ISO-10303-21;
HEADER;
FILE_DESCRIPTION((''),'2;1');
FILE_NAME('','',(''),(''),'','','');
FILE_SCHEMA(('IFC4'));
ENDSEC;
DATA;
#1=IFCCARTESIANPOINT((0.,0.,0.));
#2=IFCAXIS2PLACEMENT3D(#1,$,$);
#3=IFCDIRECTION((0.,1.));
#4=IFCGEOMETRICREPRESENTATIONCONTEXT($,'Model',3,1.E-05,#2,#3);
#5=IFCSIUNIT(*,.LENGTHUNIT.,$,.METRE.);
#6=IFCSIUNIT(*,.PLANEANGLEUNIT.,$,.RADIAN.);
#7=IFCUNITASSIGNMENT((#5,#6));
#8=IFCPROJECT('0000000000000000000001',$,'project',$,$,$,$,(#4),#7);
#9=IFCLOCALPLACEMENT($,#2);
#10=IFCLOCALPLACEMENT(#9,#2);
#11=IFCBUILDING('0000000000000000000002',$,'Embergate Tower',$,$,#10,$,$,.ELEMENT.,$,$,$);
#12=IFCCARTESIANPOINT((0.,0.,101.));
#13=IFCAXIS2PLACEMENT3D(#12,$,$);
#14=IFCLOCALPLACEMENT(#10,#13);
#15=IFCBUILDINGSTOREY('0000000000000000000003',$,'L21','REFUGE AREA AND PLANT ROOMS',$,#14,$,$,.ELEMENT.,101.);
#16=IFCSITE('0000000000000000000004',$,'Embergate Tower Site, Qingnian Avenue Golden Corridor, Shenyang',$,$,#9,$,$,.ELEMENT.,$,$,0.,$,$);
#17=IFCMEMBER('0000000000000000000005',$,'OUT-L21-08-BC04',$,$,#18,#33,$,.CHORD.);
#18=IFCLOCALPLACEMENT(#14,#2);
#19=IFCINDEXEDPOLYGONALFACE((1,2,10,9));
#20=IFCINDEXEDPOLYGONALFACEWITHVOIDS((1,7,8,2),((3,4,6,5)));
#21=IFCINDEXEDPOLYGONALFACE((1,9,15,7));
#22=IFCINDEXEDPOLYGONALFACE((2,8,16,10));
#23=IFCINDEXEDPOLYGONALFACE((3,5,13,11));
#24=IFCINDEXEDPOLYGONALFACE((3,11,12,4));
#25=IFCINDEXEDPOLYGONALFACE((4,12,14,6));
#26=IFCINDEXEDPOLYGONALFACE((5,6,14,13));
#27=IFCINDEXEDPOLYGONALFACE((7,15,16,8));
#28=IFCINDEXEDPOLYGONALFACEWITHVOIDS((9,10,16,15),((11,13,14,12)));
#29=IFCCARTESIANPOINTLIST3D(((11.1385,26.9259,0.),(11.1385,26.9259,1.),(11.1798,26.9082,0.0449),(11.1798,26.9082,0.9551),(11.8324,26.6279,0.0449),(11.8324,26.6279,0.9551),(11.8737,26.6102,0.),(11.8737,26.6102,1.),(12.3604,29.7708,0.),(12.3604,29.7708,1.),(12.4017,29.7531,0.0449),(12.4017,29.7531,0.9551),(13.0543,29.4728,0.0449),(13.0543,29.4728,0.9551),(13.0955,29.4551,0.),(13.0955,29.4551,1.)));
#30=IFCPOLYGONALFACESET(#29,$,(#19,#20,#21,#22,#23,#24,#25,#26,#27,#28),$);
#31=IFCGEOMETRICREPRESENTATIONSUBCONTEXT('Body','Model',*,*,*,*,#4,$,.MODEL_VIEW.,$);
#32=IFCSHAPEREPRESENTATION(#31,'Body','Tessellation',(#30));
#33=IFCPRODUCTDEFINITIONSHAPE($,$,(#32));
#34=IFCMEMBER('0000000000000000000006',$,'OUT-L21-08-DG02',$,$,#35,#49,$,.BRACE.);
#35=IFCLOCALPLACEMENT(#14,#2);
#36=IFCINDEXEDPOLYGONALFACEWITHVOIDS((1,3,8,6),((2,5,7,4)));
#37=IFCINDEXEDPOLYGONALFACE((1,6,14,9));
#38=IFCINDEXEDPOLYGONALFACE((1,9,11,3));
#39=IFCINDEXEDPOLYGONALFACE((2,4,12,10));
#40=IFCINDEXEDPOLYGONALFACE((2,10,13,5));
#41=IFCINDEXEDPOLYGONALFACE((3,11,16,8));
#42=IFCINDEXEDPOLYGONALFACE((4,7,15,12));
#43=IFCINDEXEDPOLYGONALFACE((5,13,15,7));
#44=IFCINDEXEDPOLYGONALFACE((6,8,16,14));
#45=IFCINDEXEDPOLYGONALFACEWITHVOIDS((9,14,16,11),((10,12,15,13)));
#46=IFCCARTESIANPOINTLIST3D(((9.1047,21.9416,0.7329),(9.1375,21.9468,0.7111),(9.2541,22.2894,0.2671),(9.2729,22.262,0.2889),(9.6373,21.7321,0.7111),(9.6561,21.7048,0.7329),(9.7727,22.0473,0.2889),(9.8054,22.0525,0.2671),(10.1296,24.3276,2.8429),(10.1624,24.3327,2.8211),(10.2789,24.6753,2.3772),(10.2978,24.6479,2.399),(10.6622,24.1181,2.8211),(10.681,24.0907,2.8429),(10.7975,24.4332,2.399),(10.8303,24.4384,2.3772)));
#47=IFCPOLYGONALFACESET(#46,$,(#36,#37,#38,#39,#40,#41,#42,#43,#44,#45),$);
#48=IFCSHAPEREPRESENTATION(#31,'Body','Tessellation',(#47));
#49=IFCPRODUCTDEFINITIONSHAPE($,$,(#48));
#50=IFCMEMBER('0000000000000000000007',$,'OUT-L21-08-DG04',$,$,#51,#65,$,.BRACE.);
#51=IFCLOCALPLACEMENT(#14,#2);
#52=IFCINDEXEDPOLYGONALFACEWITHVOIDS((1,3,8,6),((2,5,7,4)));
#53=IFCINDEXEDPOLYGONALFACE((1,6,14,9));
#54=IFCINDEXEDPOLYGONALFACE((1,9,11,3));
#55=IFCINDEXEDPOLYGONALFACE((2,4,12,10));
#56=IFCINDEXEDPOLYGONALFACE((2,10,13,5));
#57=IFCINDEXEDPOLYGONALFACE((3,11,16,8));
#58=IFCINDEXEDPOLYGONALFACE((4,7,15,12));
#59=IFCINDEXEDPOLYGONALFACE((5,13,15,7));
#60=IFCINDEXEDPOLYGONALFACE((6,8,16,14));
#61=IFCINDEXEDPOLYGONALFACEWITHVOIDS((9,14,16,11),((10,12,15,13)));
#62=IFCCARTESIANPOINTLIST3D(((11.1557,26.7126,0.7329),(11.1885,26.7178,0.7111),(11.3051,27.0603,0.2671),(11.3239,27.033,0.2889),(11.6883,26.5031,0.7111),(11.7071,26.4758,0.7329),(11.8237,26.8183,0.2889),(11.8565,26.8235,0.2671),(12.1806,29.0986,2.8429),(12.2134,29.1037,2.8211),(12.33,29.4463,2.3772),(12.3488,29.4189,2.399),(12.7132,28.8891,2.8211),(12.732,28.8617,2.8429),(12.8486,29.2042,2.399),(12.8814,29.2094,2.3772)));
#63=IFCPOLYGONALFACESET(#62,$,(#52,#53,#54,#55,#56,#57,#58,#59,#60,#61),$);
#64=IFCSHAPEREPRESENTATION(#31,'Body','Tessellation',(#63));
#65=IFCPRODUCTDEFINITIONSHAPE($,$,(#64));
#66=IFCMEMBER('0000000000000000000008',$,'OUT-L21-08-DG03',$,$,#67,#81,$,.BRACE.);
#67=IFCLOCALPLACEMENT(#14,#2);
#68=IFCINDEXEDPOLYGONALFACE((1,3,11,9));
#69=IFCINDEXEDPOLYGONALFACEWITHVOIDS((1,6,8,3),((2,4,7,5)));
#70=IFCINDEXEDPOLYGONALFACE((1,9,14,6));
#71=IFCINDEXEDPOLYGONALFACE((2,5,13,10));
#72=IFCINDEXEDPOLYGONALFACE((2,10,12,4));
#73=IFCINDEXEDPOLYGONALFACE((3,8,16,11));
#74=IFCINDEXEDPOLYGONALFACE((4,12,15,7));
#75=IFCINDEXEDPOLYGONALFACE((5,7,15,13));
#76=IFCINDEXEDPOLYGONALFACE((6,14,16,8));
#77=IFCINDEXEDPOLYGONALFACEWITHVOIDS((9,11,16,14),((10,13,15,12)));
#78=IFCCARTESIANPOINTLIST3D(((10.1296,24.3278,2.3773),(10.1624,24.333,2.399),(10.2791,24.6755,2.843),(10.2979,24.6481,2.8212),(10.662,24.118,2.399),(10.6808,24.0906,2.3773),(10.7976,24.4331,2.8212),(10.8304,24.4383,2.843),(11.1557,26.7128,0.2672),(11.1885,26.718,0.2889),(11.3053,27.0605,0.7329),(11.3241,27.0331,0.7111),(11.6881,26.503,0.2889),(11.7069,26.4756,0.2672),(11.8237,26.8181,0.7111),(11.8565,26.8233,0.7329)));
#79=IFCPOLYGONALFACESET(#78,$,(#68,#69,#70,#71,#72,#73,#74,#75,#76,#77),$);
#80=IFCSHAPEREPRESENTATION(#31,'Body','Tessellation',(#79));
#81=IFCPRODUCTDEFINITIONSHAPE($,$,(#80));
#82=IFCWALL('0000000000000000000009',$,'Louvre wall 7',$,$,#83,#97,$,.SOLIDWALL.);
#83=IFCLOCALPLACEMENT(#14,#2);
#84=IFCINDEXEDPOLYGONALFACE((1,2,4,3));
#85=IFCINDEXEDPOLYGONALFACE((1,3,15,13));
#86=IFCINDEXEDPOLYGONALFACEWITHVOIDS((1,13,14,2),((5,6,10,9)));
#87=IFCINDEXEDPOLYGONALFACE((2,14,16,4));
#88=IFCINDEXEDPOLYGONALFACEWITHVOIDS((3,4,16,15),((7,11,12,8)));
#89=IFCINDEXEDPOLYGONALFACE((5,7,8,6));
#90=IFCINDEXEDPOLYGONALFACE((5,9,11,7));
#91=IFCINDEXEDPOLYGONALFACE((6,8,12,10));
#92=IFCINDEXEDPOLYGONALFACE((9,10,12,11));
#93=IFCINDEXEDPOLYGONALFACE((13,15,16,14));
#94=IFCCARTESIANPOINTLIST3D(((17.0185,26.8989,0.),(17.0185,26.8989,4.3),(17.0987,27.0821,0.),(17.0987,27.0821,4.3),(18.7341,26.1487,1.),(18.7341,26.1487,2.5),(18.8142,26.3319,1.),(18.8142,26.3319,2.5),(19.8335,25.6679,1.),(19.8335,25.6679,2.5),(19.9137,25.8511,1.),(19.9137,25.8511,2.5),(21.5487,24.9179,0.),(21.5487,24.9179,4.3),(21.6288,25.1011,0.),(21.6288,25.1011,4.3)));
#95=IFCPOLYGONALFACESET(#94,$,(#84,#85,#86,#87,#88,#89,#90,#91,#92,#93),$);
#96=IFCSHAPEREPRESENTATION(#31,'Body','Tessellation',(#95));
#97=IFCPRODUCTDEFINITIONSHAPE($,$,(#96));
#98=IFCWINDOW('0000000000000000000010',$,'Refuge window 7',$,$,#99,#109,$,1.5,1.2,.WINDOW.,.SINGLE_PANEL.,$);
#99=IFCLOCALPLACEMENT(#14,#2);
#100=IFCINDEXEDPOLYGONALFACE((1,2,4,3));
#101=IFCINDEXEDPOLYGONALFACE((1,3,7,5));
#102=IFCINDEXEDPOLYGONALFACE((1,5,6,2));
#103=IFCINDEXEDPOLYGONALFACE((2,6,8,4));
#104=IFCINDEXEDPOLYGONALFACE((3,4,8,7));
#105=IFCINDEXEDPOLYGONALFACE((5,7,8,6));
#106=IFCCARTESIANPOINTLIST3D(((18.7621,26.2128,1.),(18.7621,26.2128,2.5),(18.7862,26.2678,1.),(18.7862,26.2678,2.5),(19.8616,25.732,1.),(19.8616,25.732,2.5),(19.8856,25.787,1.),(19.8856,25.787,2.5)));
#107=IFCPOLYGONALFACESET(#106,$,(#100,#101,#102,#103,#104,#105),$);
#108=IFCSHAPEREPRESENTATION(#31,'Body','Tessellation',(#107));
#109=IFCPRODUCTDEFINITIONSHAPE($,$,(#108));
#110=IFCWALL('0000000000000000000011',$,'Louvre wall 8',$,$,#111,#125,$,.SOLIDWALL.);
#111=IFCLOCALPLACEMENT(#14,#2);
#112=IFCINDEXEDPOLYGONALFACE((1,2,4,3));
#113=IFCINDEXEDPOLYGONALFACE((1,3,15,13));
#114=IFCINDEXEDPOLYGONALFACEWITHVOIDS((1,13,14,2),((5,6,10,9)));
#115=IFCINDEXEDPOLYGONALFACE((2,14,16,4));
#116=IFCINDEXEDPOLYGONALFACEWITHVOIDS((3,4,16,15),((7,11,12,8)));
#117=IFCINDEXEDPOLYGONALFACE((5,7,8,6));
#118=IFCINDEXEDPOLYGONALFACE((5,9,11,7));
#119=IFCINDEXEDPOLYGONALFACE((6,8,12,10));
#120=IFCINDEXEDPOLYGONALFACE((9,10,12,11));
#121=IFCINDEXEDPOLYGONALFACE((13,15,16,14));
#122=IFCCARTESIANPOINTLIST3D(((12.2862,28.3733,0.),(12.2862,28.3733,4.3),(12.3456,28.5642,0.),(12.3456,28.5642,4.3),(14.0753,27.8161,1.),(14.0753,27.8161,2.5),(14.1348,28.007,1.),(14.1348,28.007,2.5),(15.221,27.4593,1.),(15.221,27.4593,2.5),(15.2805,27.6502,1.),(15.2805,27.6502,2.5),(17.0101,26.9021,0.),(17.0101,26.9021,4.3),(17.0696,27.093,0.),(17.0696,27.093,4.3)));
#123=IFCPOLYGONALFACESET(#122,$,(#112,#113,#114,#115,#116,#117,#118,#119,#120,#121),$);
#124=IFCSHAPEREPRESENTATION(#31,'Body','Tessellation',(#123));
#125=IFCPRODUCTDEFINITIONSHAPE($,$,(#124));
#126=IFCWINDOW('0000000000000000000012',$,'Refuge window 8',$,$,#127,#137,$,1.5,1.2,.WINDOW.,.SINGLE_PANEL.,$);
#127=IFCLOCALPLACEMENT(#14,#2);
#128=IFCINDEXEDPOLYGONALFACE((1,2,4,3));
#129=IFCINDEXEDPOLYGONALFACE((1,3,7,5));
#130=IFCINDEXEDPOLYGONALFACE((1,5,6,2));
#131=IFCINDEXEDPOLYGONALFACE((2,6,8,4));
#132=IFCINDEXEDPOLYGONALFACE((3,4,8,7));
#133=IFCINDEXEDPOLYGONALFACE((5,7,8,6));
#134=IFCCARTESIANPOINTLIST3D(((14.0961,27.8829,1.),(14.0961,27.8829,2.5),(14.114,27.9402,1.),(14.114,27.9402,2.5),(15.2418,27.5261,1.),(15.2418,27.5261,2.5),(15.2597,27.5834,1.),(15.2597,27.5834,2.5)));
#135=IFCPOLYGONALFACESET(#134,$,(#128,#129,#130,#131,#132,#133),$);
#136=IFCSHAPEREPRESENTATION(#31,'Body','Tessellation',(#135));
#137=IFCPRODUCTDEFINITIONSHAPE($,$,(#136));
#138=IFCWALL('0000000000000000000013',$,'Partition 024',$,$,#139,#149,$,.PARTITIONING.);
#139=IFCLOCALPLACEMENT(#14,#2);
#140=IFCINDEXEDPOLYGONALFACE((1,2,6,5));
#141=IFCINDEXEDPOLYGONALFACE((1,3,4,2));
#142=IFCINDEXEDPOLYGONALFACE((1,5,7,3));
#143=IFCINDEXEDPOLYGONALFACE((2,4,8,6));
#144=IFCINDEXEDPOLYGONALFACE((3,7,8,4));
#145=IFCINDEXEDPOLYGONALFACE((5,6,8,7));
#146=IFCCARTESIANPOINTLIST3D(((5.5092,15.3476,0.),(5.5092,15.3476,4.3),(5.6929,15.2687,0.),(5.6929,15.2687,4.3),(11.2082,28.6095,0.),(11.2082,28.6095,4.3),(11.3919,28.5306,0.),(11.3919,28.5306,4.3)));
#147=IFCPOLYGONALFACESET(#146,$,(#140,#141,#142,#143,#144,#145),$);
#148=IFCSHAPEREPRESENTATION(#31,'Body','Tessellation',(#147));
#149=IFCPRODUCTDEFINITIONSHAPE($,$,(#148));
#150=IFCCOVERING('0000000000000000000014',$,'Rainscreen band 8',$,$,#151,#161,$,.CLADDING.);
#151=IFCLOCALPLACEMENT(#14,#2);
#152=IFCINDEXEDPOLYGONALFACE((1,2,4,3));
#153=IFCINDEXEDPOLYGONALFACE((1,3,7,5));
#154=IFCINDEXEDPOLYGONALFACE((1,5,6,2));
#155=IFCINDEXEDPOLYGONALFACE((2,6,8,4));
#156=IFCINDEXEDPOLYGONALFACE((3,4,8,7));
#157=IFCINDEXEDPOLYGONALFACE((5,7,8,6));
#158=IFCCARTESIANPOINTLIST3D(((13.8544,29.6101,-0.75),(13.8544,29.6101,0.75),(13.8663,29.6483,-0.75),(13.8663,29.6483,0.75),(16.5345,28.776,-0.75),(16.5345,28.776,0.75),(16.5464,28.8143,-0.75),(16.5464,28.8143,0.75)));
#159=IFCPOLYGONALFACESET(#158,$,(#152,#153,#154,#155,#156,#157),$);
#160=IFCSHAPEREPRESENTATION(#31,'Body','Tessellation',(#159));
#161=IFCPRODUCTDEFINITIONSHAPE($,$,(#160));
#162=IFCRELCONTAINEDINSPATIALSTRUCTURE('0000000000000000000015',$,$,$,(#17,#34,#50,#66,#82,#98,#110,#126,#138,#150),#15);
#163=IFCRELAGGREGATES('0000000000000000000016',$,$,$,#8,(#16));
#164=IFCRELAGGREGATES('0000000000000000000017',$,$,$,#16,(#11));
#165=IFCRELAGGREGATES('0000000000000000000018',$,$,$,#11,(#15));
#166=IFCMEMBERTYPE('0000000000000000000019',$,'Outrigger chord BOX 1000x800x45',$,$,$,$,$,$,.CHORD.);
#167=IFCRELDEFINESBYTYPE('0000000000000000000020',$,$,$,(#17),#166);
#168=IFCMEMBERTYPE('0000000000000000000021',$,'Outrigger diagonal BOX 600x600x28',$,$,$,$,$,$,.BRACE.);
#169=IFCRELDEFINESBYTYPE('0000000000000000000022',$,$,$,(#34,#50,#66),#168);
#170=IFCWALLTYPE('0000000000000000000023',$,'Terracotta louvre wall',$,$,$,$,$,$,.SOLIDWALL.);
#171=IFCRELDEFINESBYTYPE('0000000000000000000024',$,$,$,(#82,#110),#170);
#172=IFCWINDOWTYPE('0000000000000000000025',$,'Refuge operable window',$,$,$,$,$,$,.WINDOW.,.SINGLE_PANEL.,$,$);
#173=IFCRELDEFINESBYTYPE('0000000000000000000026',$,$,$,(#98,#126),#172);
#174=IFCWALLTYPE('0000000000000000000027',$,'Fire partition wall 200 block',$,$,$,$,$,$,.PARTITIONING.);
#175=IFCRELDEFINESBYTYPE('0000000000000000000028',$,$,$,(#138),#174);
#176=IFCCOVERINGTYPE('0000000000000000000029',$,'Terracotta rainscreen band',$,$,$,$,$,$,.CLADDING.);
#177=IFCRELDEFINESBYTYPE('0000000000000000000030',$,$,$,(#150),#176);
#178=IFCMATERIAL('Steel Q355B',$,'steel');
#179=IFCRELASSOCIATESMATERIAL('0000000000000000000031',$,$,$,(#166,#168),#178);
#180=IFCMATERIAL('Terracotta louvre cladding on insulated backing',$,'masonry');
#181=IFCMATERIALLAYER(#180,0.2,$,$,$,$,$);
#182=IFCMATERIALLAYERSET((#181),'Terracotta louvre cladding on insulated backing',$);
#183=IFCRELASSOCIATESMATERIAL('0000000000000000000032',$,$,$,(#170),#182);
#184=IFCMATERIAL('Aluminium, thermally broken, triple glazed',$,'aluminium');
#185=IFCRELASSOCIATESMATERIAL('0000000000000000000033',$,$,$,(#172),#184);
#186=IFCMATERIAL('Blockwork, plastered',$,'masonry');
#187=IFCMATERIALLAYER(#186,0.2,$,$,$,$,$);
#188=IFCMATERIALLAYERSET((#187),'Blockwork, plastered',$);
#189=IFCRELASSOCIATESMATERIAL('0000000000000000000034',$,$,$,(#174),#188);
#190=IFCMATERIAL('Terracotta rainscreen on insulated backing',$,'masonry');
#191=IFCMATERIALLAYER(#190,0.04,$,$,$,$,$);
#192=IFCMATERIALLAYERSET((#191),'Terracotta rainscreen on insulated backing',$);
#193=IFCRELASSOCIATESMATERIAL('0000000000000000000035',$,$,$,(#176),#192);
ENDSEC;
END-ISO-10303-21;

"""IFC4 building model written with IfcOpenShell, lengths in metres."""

from ifc_helpers import new_model, si_unit, direction, frame, frame_2d, origin, origin_2d, place, context, subcontext, project, spatial, rectangle, hollow_rectangle, extrude, source, transform, mapped, material, layer, layer_set, material_profile, profile_set, type_object, element, fill, save


model = new_model("IFC4")

# Units and contexts
model_context = context("Model", 3, precision=1e-05, world=origin(), true_north=direction((0.0, 1.0)))
body_context = subcontext(model_context, "Body", "Model", "MODEL_VIEW")
ifc_project = project(units=[si_unit("LENGTHUNIT", "METRE"), si_unit("PLANEANGLEUNIT", "RADIAN")], contexts=[model_context])

# Site, building, storey
site_placement = place(None, origin())
site = spatial("IfcSite", under=ifc_project, at=site_placement, Name="Embergate Tower Site, Qingnian Avenue Golden Corridor, Shenyang", CompositionType="ELEMENT", RefElevation=0.0)
building_placement = place(site_placement, origin())
building = spatial("IfcBuilding", under=site, at=building_placement, Name="Embergate Tower", CompositionType="ELEMENT")
storey_placement = place(building_placement, frame((0.0, 0.0, 101.0)))
storey = spatial("IfcBuildingStorey", under=building, at=storey_placement, Name="L21", Description="REFUGE AREA AND PLANT ROOMS", CompositionType="ELEMENT", Elevation=101.0)

# Shared definitions
ifc_material_1 = material(Name="Steel Q355B", Category="steel")

# Members
ifc_material_profile_1 = material_profile(ifc_material_1, hollow_rectangle(XDim=0.8, YDim=1.0, WallThickness=0.0449, at=origin_2d()), Name="BOX 1000x800x45")
ifc_profile_set_1 = profile_set([ifc_material_profile_1], Name="Steel Q355 grade B")
member_type_1 = type_object("IfcMemberType", Name="Outrigger chord BOX 1000x800x45", PredefinedType="CHORD", material=ifc_profile_set_1)
shared_shape_1 = source(origin(), body_context, "Body", "SweptSolid", [
    extrude(hollow_rectangle(XDim=0.8, YDim=1.0, WallThickness=0.0449, at=origin_2d()), origin(), (0.0, 0.0, 1.0), 3.0962),
])
for number, where, z_axis, x_axis, name in (
    (1, (11.5061, 26.7681, 0.5), (0.394642, 0.918835, 0.0), (-0.918835, 0.394642, 0.0), "OUT-L21-08-BC04"),
):
    element("IfcMember", number, at=place(storey_placement, frame(where, z_axis=z_axis, x_axis=x_axis)), inside=storey, type_object=member_type_1, Name=name, PredefinedType="CHORD", context=body_context, shape_type="MappedRepresentation", body=[
        mapped(shared_shape_1, transform((0.0, 0.0, 0.0))),
    ])
ifc_material_profile_2 = material_profile(ifc_material_1, hollow_rectangle(XDim=0.6001, YDim=0.6001, WallThickness=0.0281, at=origin_2d()), Name="BOX 600x600x28")
ifc_profile_set_2 = profile_set([ifc_material_profile_2], Name="Steel Q355 grade B")
member_type_2 = type_object("IfcMemberType", Name="Outrigger diagonal BOX 600x600x28", PredefinedType="BRACE", material=ifc_profile_set_2)
shared_shape_2 = source(origin(), body_context, "Body", "SweptSolid", [
    extrude(hollow_rectangle(XDim=0.6001, YDim=0.6001, WallThickness=0.0281, at=origin_2d()), origin(), (0.0, 0.0, 1.0), 3.3459),
])
for number, where, z_axis, x_axis, name in (
    (2, (9.4551, 21.9971, 0.5), (0.306304, 0.71308, 0.63063), (-0.918819, 0.394679, 0.0), "OUT-L21-08-DG02"),
    (3, (11.5061, 26.7681, 0.5), (0.306304, 0.71308, 0.63063), (-0.918819, 0.394679, 0.0), "OUT-L21-08-DG04"),
):
    element("IfcMember", number, at=place(storey_placement, frame(where, z_axis=z_axis, x_axis=x_axis)), inside=storey, type_object=member_type_2, Name=name, PredefinedType="BRACE", context=body_context, shape_type="MappedRepresentation", body=[
        mapped(shared_shape_2, transform((0.0, 0.0, 0.0))),
    ])
shared_shape_3 = source(origin(), body_context, "Body", "SweptSolid", [
    extrude(hollow_rectangle(XDim=0.6001, YDim=0.6001, WallThickness=0.0281, at=origin_2d()), origin(), (0.0, 0.0, 1.0), 3.3457),
])
member_1_placement = place(storey_placement, frame((10.48, 24.3831, 2.6101), z_axis=(0.306698, 0.712857, -0.630691), x_axis=(-0.91859, 0.395213, 0.0)))
element("IfcMember", 4, at=member_1_placement, inside=storey, type_object=member_type_2, Name="OUT-L21-08-DG03", PredefinedType="BRACE", context=body_context, shape_type="MappedRepresentation", body=[
    mapped(shared_shape_3, transform((0.0, 0.0, 0.0))),
])

# Walls, openings, windows
ifc_material_2 = material(Name="Terracotta louvre cladding on insulated backing", Category="masonry")
ifc_layer_1 = layer(ifc_material_2, 0.2)
ifc_layer_set_1 = layer_set([ifc_layer_1], Name="Terracotta louvre cladding on insulated backing")
wall_type_1 = type_object("IfcWallType", Name="Terracotta louvre wall", PredefinedType="SOLIDWALL", material=ifc_layer_set_1)
shared_shape_4 = source(origin(), body_context, "Body", "SweptSolid", [
    extrude(rectangle(XDim=4.9443, YDim=0.2, at=frame_2d((2.4722, 0.0))), origin(), (0.0, 0.0, 1.0), 4.3),
])
wall_1_placement = place(storey_placement, frame((17.0586, 26.9905, 0.0), z_axis=(0.0, 0.0, 1.0), x_axis=(0.916226, -0.400661, 0.0)))
wall_1 = element("IfcWall", 5, at=wall_1_placement, inside=storey, type_object=wall_type_1, Name="Louvre wall 7", PredefinedType="SOLIDWALL", context=body_context, shape_type="MappedRepresentation", body=[
    mapped(shared_shape_4, transform((0.0, 0.0, 0.0))),
])
shared_shape_5 = source(origin(), body_context, "Body", "SweptSolid", [
    extrude(rectangle(XDim=1.2, YDim=1.5, at=frame_2d((0.6001, 0.75))), frame((0.0, 0.1099, 0.0), z_axis=(0.0, -1.0, 0.0), x_axis=(1.0, 0.0, 0.0)), (0.0, 0.0, 1.0), 0.22),
])
opening_1_placement = place(wall_1_placement, frame((1.8723, 0.0, 1.0)))
opening_1 = element("IfcOpeningElement", 6, at=opening_1_placement, cuts=wall_1, PredefinedType="OPENING", context=body_context, shape_type="MappedRepresentation", body=[
    mapped(shared_shape_5, transform((0.0, 0.0, 0.0))),
])
ifc_material_3 = material(Name="Aluminium, thermally broken, triple glazed", Category="aluminium")
window_type = type_object("IfcWindowType", Name="Refuge operable window", PartitioningType="SINGLE_PANEL", PredefinedType="WINDOW", material=ifc_material_3)
shared_shape_6 = source(origin(), body_context, "Body", "SweptSolid", [
    extrude(rectangle(XDim=1.2, YDim=1.5, at=frame_2d((0.6001, 0.75))), frame((0.0, 0.03, 0.0), z_axis=(0.0, -1.0, 0.0), x_axis=(1.0, 0.0, 0.0)), (0.0, 0.0, 1.0), 0.0601),
])
window_1_placement = place(opening_1_placement, origin())
window_1 = element("IfcWindow", 7, at=window_1_placement, inside=storey, type_object=window_type, Name="Refuge window 7", OverallHeight=1.5, OverallWidth=1.2, PartitioningType="SINGLE_PANEL", PredefinedType="WINDOW", context=body_context, shape_type="MappedRepresentation", body=[
    mapped(shared_shape_6, transform((0.0, 0.0, 0.0))),
])
fill(opening_1, window_1)
shared_shape_7 = source(origin(), body_context, "Body", "SweptSolid", [
    extrude(rectangle(XDim=4.9478, YDim=0.2, at=frame_2d((2.4739, 0.0))), origin(), (0.0, 0.0, 1.0), 4.3),
])
wall_2_placement = place(storey_placement, frame((12.3159, 28.4688, 0.0), z_axis=(0.0, 0.0, 1.0), x_axis=(0.954768, -0.29735, 0.0)))
wall_2 = element("IfcWall", 8, at=wall_2_placement, inside=storey, type_object=wall_type_1, Name="Louvre wall 8", PredefinedType="SOLIDWALL", context=body_context, shape_type="MappedRepresentation", body=[
    mapped(shared_shape_7, transform((0.0, 0.0, 0.0))),
])
opening_2_placement = place(wall_2_placement, frame((1.8738, 0.0, 1.0)))
opening_2 = element("IfcOpeningElement", 9, at=opening_2_placement, cuts=wall_2, PredefinedType="OPENING", context=body_context, shape_type="MappedRepresentation", body=[
    mapped(shared_shape_5, transform((0.0, 0.0, 0.0))),
])
window_2_placement = place(opening_2_placement, origin())
window_2 = element("IfcWindow", 10, at=window_2_placement, inside=storey, type_object=window_type, Name="Refuge window 8", OverallHeight=1.5, OverallWidth=1.2, PartitioningType="SINGLE_PANEL", PredefinedType="WINDOW", context=body_context, shape_type="MappedRepresentation", body=[
    mapped(shared_shape_6, transform((0.0, 0.0, 0.0))),
])
fill(opening_2, window_2)

# Wall
ifc_material_4 = material(Name="Blockwork, plastered", Category="masonry")
ifc_layer_2 = layer(ifc_material_4, 0.2)
ifc_layer_set_2 = layer_set([ifc_layer_2], Name="Blockwork, plastered")
wall_type_2 = type_object("IfcWallType", Name="Fire partition wall 200 block", PredefinedType="PARTITIONING", material=ifc_layer_set_2)
shared_shape_8 = source(origin(), body_context, "Body", "SweptSolid", [
    extrude(rectangle(XDim=14.4346, YDim=0.2, at=frame_2d((7.2173, 0.0))), origin(), (0.0, 0.0, 1.0), 4.3),
])
wall_3_placement = place(storey_placement, frame((11.3, 28.5701, 0.0), z_axis=(0.0, 0.0, 1.0), x_axis=(-0.394813, -0.918761, 0.0)))
element("IfcWall", 11, at=wall_3_placement, inside=storey, type_object=wall_type_2, Name="Partition 024", PredefinedType="PARTITIONING", context=body_context, shape_type="MappedRepresentation", body=[
    mapped(shared_shape_8, transform((0.0, 0.0, 0.0))),
])

# Covering
ifc_material_5 = material(Name="Terracotta rainscreen on insulated backing", Category="masonry")
ifc_layer_3 = layer(ifc_material_5, 0.04)
ifc_layer_set_3 = layer_set([ifc_layer_3], Name="Terracotta rainscreen on insulated backing")
covering_type = type_object("IfcCoveringType", Name="Terracotta rainscreen band", PredefinedType="CLADDING", material=ifc_layer_set_3)
shared_shape_9 = source(origin(), body_context, "Body", "SweptSolid", [
    extrude(rectangle(XDim=2.8069, YDim=0.04, at=origin_2d()), origin(), (0.0, 0.0, 1.0), 1.5),
])
covering_1_placement = place(storey_placement, frame((15.2004, 29.2122, -0.75), z_axis=(0.0, 0.0, 1.0), x_axis=(-0.954834, 0.297138, 0.0)))
element("IfcCovering", 12, at=covering_1_placement, inside=storey, type_object=covering_type, Name="Rainscreen band 8", PredefinedType="CLADDING", context=body_context, shape_type="MappedRepresentation", body=[
    mapped(shared_shape_9, transform((0.0, 0.0, 0.0))),
])

save(model, "model.ifc")
